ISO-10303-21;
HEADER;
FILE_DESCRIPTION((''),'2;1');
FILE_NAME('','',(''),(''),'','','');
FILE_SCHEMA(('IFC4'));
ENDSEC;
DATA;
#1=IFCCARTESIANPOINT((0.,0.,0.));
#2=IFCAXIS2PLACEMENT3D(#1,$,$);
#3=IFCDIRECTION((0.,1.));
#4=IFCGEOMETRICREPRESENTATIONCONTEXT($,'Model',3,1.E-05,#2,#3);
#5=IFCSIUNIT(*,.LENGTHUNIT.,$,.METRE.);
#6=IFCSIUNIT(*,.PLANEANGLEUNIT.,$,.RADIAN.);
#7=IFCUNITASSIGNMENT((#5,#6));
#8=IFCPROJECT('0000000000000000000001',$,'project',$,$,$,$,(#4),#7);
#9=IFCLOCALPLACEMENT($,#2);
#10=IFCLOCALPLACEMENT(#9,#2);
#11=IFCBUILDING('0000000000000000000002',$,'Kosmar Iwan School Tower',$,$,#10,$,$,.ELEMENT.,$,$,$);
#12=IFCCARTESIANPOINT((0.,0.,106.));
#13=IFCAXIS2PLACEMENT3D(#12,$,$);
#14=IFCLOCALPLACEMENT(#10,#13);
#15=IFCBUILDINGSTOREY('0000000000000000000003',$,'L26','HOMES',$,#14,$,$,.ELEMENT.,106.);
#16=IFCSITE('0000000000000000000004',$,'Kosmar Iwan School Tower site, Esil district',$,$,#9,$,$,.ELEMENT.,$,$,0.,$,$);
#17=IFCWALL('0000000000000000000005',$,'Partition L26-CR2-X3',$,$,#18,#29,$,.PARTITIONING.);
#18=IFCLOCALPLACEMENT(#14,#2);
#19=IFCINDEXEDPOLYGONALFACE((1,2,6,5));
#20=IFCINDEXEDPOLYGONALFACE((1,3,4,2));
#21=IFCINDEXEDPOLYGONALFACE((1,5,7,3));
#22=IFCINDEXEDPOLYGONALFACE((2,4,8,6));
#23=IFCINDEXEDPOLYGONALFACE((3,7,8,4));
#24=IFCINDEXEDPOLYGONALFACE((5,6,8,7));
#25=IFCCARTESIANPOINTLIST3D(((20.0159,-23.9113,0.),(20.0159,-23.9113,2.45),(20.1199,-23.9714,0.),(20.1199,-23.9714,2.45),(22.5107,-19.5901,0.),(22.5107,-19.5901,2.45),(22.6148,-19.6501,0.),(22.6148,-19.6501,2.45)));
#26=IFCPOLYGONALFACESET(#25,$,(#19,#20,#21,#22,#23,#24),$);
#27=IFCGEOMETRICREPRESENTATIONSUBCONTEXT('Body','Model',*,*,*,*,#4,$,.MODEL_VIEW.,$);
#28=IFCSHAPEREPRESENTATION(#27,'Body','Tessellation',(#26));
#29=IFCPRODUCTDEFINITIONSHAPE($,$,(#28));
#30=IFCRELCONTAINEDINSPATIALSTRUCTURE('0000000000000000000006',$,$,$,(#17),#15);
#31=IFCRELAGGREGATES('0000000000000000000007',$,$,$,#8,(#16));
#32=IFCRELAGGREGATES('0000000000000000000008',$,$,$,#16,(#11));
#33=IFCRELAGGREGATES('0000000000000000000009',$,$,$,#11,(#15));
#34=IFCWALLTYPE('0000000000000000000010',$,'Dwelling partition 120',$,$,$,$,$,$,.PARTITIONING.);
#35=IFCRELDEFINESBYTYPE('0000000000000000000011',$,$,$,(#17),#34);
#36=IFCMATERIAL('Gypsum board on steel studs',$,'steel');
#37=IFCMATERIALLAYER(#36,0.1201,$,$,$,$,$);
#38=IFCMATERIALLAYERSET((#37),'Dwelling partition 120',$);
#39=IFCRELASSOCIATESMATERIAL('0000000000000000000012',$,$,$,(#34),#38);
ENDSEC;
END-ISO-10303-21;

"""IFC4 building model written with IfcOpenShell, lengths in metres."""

from ifc_helpers import new_model, si_unit, direction, frame, frame_2d, origin, place, context, subcontext, project, spatial, rectangle, extrude, material, layer, layer_set, type_object, element, save


model = new_model("IFC4")

# Units and contexts
model_context = context("Model", 3, precision=1e-05, world=origin(), true_north=direction((0.0, 1.0)))
body_context = subcontext(model_context, "Body", "Model", "MODEL_VIEW")
ifc_project = project(units=[si_unit("LENGTHUNIT", "METRE"), si_unit("PLANEANGLEUNIT", "RADIAN")], contexts=[model_context])

# Site, building, storey
site_placement = place(None, origin())
site = spatial("IfcSite", under=ifc_project, at=site_placement, Name="Kosmar Iwan School Tower site, Esil district", CompositionType="ELEMENT", RefElevation=0.0)
building_placement = place(site_placement, origin())
building = spatial("IfcBuilding", under=site, at=building_placement, Name="Kosmar Iwan School Tower", CompositionType="ELEMENT")
storey_placement = place(building_placement, frame((0.0, 0.0, 106.0)))
storey = spatial("IfcBuildingStorey", under=building, at=storey_placement, Name="L26", Description="HOMES", CompositionType="ELEMENT", Elevation=106.0)

# Wall
ifc_material_1 = material(Name="Gypsum board on steel studs", Category="steel")
ifc_layer = layer(ifc_material_1, 0.1201)
ifc_layer_set = layer_set([ifc_layer], Name="Dwelling partition 120")
wall_type = type_object("IfcWallType", Name="Dwelling partition 120", PredefinedType="PARTITIONING", material=ifc_layer_set)
wall_1_placement = place(storey_placement, frame((22.5627, -19.6201, 0.0), z_axis=(0.0, 0.0, 1.0), x_axis=(-0.499996, -0.866028, 0.0)))
element("IfcWall", 1, at=wall_1_placement, inside=storey, type_object=wall_type, Name="Partition L26-CR2-X3", PredefinedType="PARTITIONING", context=body_context, shape_type="SweptSolid", body=[
    extrude(rectangle(XDim=4.9897, YDim=0.1201, at=frame_2d((2.4949, 0.0))), origin(), (0.0, 0.0, 1.0), 2.45),
])

save(model, "model.ifc")
